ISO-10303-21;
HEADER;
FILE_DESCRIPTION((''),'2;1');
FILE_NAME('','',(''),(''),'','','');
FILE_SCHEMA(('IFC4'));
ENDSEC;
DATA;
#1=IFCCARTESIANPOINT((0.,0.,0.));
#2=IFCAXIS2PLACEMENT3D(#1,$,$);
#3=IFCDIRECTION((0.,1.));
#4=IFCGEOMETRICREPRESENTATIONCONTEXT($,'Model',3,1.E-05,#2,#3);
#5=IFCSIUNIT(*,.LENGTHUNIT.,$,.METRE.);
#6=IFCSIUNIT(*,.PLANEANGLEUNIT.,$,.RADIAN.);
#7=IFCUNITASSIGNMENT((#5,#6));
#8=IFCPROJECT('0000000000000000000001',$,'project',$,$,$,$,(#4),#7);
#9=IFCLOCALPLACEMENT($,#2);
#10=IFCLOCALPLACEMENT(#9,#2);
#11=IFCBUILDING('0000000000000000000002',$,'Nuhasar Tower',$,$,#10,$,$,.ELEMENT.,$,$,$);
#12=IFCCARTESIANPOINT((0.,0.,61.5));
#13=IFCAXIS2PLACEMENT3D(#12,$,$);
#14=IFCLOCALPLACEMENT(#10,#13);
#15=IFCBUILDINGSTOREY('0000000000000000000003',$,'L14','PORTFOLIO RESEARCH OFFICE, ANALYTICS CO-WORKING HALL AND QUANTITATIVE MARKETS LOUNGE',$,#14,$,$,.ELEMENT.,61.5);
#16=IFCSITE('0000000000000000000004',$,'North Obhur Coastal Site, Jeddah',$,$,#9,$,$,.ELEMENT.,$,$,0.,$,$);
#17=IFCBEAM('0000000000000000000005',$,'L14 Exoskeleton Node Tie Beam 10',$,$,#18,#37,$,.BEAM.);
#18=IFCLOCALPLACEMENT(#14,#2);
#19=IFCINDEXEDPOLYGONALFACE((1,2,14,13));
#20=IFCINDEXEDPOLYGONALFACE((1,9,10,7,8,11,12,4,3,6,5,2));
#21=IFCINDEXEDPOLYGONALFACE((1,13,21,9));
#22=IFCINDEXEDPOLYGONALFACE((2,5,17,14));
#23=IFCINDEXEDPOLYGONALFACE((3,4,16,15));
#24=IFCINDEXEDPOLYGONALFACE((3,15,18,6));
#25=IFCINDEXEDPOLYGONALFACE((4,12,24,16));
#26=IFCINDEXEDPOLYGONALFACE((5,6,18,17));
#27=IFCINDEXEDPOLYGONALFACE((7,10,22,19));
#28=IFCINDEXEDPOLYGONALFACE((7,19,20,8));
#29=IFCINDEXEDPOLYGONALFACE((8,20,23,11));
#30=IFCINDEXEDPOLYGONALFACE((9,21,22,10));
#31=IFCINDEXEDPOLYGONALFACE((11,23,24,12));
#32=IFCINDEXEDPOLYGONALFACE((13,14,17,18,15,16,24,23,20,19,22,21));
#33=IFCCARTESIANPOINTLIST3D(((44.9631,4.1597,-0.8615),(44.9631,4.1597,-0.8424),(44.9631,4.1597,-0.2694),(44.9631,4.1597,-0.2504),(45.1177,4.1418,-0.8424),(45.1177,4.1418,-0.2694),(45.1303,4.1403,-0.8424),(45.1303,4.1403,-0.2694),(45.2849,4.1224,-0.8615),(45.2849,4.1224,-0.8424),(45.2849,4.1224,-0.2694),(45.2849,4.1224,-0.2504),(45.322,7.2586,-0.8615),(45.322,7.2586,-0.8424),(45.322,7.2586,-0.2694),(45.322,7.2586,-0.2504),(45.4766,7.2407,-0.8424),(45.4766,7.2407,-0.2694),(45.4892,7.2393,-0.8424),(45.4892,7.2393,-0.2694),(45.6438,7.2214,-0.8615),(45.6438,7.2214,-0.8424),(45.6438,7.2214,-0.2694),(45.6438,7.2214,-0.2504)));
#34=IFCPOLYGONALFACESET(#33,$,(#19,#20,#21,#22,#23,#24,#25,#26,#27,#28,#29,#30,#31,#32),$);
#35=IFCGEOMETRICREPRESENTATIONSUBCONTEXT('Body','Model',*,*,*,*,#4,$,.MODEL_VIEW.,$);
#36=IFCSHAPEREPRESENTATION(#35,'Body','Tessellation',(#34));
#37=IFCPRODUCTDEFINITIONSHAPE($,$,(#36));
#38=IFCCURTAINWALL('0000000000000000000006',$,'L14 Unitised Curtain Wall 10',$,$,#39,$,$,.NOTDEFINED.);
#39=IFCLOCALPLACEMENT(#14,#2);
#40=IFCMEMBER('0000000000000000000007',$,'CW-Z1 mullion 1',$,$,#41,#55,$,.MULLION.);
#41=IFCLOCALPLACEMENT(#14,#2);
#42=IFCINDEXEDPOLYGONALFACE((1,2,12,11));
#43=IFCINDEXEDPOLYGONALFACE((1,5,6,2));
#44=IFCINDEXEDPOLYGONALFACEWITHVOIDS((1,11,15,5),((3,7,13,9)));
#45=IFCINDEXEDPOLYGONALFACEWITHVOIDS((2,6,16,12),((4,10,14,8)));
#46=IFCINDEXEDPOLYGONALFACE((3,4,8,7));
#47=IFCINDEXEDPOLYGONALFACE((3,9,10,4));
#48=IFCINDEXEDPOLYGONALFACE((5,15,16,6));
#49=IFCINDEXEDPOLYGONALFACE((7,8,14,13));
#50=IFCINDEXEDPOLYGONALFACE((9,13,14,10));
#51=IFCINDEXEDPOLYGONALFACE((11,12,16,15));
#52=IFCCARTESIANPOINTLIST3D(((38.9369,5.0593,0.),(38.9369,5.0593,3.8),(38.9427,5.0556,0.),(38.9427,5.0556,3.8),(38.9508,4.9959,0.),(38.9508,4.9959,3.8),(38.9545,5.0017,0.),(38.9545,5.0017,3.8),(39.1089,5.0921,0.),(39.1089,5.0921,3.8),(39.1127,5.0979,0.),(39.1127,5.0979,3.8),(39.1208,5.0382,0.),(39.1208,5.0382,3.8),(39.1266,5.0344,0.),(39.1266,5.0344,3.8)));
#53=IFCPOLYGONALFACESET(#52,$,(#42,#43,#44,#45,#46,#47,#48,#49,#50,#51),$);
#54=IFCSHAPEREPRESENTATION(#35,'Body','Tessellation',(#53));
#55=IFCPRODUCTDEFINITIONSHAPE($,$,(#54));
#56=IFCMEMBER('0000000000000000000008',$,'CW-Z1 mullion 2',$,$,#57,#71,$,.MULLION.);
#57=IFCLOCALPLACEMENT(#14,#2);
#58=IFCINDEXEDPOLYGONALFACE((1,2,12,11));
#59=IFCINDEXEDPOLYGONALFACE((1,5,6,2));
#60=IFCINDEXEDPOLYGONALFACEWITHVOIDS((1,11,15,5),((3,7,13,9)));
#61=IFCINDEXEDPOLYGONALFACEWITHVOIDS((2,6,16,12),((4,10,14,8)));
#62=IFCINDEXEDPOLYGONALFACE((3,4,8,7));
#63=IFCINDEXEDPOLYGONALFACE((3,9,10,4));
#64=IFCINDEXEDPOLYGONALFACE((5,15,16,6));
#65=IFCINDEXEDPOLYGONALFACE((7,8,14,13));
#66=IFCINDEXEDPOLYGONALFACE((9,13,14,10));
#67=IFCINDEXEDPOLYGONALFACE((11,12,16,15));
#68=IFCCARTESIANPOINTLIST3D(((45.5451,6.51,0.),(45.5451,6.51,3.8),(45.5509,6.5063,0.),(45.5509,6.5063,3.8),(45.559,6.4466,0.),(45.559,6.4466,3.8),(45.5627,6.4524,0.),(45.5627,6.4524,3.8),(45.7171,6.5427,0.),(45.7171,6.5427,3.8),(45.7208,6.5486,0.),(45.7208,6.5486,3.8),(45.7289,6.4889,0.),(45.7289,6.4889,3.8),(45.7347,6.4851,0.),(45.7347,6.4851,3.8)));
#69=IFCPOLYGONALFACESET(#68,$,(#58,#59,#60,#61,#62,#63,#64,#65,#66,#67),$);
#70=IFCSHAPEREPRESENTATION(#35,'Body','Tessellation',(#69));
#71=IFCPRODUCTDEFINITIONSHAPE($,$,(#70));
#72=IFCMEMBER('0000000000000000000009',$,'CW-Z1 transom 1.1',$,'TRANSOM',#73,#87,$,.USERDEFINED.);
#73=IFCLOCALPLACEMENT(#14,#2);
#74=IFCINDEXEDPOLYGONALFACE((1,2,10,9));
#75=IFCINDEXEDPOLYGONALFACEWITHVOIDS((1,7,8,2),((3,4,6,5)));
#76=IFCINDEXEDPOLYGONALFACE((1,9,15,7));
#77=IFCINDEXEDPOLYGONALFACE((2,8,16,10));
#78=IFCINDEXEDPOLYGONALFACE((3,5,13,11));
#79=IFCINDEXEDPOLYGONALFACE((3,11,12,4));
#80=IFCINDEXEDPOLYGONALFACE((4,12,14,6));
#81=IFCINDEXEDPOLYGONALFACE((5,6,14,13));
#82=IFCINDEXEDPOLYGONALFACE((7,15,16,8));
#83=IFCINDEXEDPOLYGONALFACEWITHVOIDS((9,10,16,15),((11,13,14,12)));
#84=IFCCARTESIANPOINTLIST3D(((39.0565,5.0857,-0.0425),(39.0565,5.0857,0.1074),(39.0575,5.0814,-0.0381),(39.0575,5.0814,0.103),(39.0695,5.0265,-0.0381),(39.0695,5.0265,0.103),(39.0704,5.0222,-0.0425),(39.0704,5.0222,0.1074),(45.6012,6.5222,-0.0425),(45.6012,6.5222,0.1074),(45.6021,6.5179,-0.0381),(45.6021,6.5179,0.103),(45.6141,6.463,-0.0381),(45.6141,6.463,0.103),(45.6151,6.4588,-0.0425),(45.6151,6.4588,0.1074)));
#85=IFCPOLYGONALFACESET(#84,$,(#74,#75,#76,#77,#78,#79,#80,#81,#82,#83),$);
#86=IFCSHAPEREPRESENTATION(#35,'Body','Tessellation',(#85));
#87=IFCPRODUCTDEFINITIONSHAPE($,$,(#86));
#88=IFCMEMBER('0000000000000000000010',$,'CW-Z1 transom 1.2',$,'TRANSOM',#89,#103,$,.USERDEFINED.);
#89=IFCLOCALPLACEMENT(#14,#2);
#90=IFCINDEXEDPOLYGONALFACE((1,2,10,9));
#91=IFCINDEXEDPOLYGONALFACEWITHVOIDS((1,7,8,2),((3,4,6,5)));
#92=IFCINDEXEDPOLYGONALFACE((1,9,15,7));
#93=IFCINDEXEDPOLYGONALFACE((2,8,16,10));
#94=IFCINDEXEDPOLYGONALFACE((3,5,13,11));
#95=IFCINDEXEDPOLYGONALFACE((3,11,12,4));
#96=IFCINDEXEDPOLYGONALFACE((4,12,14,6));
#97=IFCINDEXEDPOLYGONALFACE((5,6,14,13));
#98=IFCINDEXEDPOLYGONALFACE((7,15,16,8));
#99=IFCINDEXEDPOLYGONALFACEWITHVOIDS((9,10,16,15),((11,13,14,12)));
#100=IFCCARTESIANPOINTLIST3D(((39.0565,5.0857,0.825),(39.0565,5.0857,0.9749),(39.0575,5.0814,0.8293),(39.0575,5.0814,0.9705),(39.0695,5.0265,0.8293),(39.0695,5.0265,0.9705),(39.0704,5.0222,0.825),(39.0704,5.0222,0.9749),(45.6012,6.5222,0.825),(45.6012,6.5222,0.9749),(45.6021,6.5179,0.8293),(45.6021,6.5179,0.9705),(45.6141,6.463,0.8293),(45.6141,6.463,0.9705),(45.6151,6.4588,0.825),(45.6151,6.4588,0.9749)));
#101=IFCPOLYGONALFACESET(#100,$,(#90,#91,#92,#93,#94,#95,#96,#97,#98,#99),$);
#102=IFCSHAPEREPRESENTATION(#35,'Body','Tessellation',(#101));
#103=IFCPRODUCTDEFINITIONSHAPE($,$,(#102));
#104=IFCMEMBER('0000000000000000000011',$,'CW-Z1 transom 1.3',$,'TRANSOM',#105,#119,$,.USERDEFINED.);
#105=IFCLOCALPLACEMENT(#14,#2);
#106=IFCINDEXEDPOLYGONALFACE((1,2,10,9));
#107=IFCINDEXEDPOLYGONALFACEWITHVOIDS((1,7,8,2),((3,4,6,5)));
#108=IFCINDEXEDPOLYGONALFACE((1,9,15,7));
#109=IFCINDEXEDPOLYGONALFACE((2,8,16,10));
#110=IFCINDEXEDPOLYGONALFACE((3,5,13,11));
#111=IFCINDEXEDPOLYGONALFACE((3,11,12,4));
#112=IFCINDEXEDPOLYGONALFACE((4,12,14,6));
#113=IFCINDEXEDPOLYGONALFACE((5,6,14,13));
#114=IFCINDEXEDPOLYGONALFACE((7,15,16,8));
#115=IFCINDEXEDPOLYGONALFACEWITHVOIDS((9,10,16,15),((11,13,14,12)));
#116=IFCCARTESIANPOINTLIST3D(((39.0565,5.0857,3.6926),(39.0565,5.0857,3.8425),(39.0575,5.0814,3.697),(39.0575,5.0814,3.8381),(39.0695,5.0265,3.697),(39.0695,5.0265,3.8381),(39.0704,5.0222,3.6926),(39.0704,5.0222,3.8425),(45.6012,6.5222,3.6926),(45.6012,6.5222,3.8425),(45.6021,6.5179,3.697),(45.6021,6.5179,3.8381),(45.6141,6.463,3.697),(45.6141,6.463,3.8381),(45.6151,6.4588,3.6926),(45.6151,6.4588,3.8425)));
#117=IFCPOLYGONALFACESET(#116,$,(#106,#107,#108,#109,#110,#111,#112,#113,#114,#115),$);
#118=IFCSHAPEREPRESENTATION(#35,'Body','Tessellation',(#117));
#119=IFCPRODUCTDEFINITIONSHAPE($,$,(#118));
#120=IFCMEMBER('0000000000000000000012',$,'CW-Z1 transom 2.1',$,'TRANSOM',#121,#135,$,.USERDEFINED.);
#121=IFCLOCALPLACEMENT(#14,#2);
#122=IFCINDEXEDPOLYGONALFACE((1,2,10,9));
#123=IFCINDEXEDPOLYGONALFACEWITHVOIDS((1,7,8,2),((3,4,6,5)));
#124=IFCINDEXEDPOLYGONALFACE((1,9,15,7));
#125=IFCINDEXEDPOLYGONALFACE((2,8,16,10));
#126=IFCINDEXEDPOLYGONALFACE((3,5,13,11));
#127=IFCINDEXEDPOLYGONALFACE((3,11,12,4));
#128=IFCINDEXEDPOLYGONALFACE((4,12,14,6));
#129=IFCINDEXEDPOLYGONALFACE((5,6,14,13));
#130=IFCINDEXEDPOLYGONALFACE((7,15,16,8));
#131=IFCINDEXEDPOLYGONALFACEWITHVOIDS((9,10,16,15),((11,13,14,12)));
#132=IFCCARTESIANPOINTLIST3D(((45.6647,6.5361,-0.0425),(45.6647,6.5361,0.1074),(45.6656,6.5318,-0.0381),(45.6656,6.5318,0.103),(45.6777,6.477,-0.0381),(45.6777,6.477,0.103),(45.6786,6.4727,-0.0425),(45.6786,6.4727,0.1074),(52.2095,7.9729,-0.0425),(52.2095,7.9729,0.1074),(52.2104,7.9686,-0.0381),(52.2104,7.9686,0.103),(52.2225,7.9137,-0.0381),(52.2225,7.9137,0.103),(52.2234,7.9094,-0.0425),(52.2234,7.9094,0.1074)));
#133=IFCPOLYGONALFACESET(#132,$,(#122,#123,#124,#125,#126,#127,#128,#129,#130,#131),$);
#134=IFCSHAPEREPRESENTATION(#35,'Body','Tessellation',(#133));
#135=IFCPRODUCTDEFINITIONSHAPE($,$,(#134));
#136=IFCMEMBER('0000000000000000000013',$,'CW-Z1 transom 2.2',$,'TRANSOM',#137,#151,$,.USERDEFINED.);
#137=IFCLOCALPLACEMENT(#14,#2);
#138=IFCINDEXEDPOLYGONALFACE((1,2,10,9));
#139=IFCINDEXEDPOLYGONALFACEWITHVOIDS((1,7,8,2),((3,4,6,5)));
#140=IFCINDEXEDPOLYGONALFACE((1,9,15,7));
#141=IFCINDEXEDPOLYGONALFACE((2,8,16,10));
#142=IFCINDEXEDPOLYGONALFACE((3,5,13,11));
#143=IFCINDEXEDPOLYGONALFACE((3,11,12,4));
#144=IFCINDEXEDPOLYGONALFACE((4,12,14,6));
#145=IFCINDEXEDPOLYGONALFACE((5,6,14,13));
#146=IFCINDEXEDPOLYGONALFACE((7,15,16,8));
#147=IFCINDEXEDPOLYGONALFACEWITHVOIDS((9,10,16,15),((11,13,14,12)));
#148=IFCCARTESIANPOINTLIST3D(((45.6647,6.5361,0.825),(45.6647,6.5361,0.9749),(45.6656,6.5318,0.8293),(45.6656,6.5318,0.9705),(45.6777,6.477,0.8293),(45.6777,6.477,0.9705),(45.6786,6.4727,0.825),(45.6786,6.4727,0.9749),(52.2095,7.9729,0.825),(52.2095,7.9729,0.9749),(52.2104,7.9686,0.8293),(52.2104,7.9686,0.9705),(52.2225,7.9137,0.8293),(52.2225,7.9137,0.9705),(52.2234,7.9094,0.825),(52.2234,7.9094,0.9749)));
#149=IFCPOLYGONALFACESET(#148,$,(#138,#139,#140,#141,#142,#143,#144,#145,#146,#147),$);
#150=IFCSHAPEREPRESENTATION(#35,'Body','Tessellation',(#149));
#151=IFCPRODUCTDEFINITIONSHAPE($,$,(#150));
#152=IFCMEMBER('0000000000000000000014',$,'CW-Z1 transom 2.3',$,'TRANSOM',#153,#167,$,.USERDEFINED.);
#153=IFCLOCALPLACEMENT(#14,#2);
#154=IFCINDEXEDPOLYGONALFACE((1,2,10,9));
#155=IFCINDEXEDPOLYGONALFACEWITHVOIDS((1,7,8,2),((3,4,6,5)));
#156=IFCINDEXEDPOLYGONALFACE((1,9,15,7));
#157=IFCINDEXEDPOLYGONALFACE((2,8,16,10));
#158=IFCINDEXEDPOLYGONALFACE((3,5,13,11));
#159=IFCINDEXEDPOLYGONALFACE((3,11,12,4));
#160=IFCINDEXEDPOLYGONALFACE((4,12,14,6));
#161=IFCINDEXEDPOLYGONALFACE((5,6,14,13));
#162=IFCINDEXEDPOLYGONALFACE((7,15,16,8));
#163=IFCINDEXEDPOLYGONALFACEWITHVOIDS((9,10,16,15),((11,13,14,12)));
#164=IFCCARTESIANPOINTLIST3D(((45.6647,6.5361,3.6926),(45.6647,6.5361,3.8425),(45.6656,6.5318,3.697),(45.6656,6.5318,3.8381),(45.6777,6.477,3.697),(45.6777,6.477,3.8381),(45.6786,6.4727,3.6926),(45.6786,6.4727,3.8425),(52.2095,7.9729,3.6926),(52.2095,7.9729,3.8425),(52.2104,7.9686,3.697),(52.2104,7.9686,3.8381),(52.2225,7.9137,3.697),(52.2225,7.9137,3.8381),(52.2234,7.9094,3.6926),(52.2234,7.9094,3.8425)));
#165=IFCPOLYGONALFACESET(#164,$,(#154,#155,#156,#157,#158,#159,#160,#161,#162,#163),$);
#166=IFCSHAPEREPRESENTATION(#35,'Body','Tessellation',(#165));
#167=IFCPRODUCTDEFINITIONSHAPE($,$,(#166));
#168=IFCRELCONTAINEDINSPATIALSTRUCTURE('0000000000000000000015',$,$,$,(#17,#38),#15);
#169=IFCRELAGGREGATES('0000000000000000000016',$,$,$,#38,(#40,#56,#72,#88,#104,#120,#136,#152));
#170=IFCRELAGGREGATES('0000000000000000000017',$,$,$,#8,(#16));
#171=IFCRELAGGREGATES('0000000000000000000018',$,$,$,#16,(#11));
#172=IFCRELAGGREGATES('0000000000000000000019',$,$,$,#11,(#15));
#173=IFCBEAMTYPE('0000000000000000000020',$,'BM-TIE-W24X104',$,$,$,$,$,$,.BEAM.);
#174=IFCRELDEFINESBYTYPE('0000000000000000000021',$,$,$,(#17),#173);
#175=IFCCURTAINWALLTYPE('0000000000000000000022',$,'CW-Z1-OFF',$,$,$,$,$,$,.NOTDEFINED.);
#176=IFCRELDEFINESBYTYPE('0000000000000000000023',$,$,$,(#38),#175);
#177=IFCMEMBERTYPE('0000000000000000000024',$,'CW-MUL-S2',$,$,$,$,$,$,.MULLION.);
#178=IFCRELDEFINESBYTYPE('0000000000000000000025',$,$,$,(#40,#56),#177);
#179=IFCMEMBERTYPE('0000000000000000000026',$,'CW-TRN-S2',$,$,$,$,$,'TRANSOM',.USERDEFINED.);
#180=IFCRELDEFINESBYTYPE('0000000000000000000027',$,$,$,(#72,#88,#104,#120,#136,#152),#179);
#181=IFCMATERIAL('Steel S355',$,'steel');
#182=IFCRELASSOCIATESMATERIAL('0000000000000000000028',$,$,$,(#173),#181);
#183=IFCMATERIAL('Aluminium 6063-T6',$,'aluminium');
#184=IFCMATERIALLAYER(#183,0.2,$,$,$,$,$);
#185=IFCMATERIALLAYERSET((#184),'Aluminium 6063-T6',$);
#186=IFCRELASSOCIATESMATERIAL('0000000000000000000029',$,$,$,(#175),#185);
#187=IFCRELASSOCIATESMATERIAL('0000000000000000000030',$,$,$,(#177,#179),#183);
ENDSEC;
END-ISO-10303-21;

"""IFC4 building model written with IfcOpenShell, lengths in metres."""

from ifc_helpers import new_model, si_unit, direction, frame, origin, origin_2d, place, context, subcontext, project, spatial, hollow_rectangle, i_section, extrude, material, layer, layer_set, material_profile, profile_set, type_object, element, aggregate, save


model = new_model("IFC4")

# Units and contexts
model_context = context("Model", 3, precision=1e-05, world=origin(), true_north=direction((0.0, 1.0)))
body_context = subcontext(model_context, "Body", "Model", "MODEL_VIEW")
ifc_project = project(units=[si_unit("LENGTHUNIT", "METRE"), si_unit("PLANEANGLEUNIT", "RADIAN")], contexts=[model_context])

# Site, building, storey
site_placement = place(None, origin())
site = spatial("IfcSite", under=ifc_project, at=site_placement, Name="North Obhur Coastal Site, Jeddah", CompositionType="ELEMENT", RefElevation=0.0)
building_placement = place(site_placement, origin())
building = spatial("IfcBuilding", under=site, at=building_placement, Name="Nuhasar Tower", CompositionType="ELEMENT")
storey_placement = place(building_placement, frame((0.0, 0.0, 61.5)))
storey = spatial("IfcBuildingStorey", under=building, at=storey_placement, Name="L14", Description="PORTFOLIO RESEARCH OFFICE, ANALYTICS CO-WORKING HALL AND QUANTITATIVE MARKETS LOUNGE", CompositionType="ELEMENT", Elevation=61.5)

# Beam
ifc_material_1 = material(Name="Steel S355", Category="steel")
ifc_material_profile_1 = material_profile(ifc_material_1, i_section(OverallWidth=0.324, OverallDepth=0.6111, WebThickness=0.0127, FlangeThickness=0.019, at=origin_2d()), Name="W24X104")
ifc_profile_set_1 = profile_set([ifc_material_profile_1], Name="Steel S355")
beam_type_1 = type_object("IfcBeamType", Name="BM-TIE-W24X104", PredefinedType="BEAM", material=ifc_profile_set_1)
beam_1_placement = place(storey_placement, frame((45.4829, 7.24, -0.5559), z_axis=(-0.115043, -0.993361, 0.0), x_axis=(0.993361, -0.115043, 0.0)))
element("IfcBeam", 1, at=beam_1_placement, inside=storey, type_object=beam_type_1, Name="L14 Exoskeleton Node Tie Beam 10", PredefinedType="BEAM", context=body_context, shape_type="SweptSolid", body=[
    extrude(i_section(OverallWidth=0.324, OverallDepth=0.6111, WebThickness=0.0127, FlangeThickness=0.019, at=origin_2d()), origin(), (0.0, 0.0, 1.0), 3.1196),
])

# Curtain wall, members
ifc_material_2 = material(Name="Aluminium 6063-T6", Category="aluminium")
ifc_layer_1 = layer(ifc_material_2, 0.2)
ifc_layer_set_1 = layer_set([ifc_layer_1], Name="Aluminium 6063-T6")
curtain_wall_type = type_object("IfcCurtainWallType", Name="CW-Z1-OFF", PredefinedType="NOTDEFINED", material=ifc_layer_set_1)
curtain_wall_placement = place(storey_placement, origin())
curtain_wall = element("IfcCurtainWall", 2, at=curtain_wall_placement, inside=storey, type_object=curtain_wall_type, Name="L14 Unitised Curtain Wall 10", PredefinedType="NOTDEFINED")
ifc_material_profile_2 = material_profile(ifc_material_2, hollow_rectangle(XDim=0.0649, YDim=0.1799, WallThickness=0.0049, at=origin_2d()), Name="CWM-2")
ifc_profile_set_2 = profile_set([ifc_material_profile_2], Name="Aluminium 6063-T6")
member_type_1 = type_object("IfcMemberType", Name="CW-MUL-S2", PredefinedType="MULLION", material=ifc_profile_set_2)
member_1_placement = place(storey_placement, frame((39.0317, 5.0469, 0.0), z_axis=(0.0, 0.0, 1.0), x_axis=(-0.214399, 0.976746, 0.0)))
member_1 = element("IfcMember", 3, at=member_1_placement, type_object=member_type_1, Name="CW-Z1 mullion 1", PredefinedType="MULLION", context=body_context, shape_type="SweptSolid", body=[
    extrude(hollow_rectangle(XDim=0.0649, YDim=0.1799, WallThickness=0.0049, at=origin_2d()), origin(), (0.0, 0.0, 1.0), 3.8),
])
member_2_placement = place(storey_placement, frame((45.6399, 6.4976, 0.0), z_axis=(0.0, 0.0, 1.0), x_axis=(-0.214399, 0.976746, 0.0)))
member_2 = element("IfcMember", 4, at=member_2_placement, type_object=member_type_1, Name="CW-Z1 mullion 2", PredefinedType="MULLION", context=body_context, shape_type="SweptSolid", body=[
    extrude(hollow_rectangle(XDim=0.0649, YDim=0.1799, WallThickness=0.0049, at=origin_2d()), origin(), (0.0, 0.0, 1.0), 3.8),
])
ifc_material_profile_3 = material_profile(ifc_material_2, hollow_rectangle(XDim=0.0649, YDim=0.1499, WallThickness=0.0044, at=origin_2d()), Name="CWT-2")
ifc_profile_set_3 = profile_set([ifc_material_profile_3], Name="Aluminium 6063-T6")
member_type_2 = type_object("IfcMemberType", Name="CW-TRN-S2", ElementType="TRANSOM", PredefinedType="USERDEFINED", material=ifc_profile_set_3)
member_3_placement = place(storey_placement, frame((39.0635, 5.054, 0.0325), z_axis=(0.976748, 0.214391, 0.0), x_axis=(-0.214391, 0.976748, 0.0)))
member_3 = element("IfcMember", 5, at=member_3_placement, type_object=member_type_2, Name="CW-Z1 transom 1.1", ObjectType="TRANSOM", PredefinedType="USERDEFINED", context=body_context, shape_type="SweptSolid", body=[
    extrude(hollow_rectangle(XDim=0.0649, YDim=0.1499, WallThickness=0.0044, at=origin_2d()), origin(), (0.0, 0.0, 1.0), 6.7004),
])
member_4_placement = place(storey_placement, frame((39.0635, 5.054, 0.8999), z_axis=(0.976748, 0.214391, 0.0), x_axis=(-0.214391, 0.976748, 0.0)))
member_4 = element("IfcMember", 6, at=member_4_placement, type_object=member_type_2, Name="CW-Z1 transom 1.2", ObjectType="TRANSOM", PredefinedType="USERDEFINED", context=body_context, shape_type="SweptSolid", body=[
    extrude(hollow_rectangle(XDim=0.0649, YDim=0.1499, WallThickness=0.0044, at=origin_2d()), origin(), (0.0, 0.0, 1.0), 6.7004),
])
member_5_placement = place(storey_placement, frame((39.0635, 5.054, 3.7676), z_axis=(0.976748, 0.214391, 0.0), x_axis=(-0.214391, 0.976748, 0.0)))
member_5 = element("IfcMember", 7, at=member_5_placement, type_object=member_type_2, Name="CW-Z1 transom 1.3", ObjectType="TRANSOM", PredefinedType="USERDEFINED", context=body_context, shape_type="SweptSolid", body=[
    extrude(hollow_rectangle(XDim=0.0649, YDim=0.1499, WallThickness=0.0044, at=origin_2d()), origin(), (0.0, 0.0, 1.0), 6.7004),
])
member_6_placement = place(storey_placement, frame((45.6716, 6.5044, 0.0325), z_axis=(0.976742, 0.214418, 0.0), x_axis=(-0.214418, 0.976742, 0.0)))
member_6 = element("IfcMember", 8, at=member_6_placement, type_object=member_type_2, Name="CW-Z1 transom 2.1", ObjectType="TRANSOM", PredefinedType="USERDEFINED", context=body_context, shape_type="SweptSolid", body=[
    extrude(hollow_rectangle(XDim=0.0649, YDim=0.1499, WallThickness=0.0044, at=origin_2d()), origin(), (0.0, 0.0, 1.0), 6.7007),
])
member_7_placement = place(storey_placement, frame((45.6716, 6.5044, 0.8999), z_axis=(0.976742, 0.214418, 0.0), x_axis=(-0.214418, 0.976742, 0.0)))
member_7 = element("IfcMember", 9, at=member_7_placement, type_object=member_type_2, Name="CW-Z1 transom 2.2", ObjectType="TRANSOM", PredefinedType="USERDEFINED", context=body_context, shape_type="SweptSolid", body=[
    extrude(hollow_rectangle(XDim=0.0649, YDim=0.1499, WallThickness=0.0044, at=origin_2d()), origin(), (0.0, 0.0, 1.0), 6.7007),
])
member_8_placement = place(storey_placement, frame((45.6716, 6.5044, 3.7676), z_axis=(0.976742, 0.214418, 0.0), x_axis=(-0.214418, 0.976742, 0.0)))
member_8 = element("IfcMember", 10, at=member_8_placement, type_object=member_type_2, Name="CW-Z1 transom 2.3", ObjectType="TRANSOM", PredefinedType="USERDEFINED", context=body_context, shape_type="SweptSolid", body=[
    extrude(hollow_rectangle(XDim=0.0649, YDim=0.1499, WallThickness=0.0044, at=origin_2d()), origin(), (0.0, 0.0, 1.0), 6.7007),
])

aggregate(curtain_wall, [member_1, member_2, member_3, member_4, member_5, member_6, member_7, member_8])

save(model, "model.ifc")
